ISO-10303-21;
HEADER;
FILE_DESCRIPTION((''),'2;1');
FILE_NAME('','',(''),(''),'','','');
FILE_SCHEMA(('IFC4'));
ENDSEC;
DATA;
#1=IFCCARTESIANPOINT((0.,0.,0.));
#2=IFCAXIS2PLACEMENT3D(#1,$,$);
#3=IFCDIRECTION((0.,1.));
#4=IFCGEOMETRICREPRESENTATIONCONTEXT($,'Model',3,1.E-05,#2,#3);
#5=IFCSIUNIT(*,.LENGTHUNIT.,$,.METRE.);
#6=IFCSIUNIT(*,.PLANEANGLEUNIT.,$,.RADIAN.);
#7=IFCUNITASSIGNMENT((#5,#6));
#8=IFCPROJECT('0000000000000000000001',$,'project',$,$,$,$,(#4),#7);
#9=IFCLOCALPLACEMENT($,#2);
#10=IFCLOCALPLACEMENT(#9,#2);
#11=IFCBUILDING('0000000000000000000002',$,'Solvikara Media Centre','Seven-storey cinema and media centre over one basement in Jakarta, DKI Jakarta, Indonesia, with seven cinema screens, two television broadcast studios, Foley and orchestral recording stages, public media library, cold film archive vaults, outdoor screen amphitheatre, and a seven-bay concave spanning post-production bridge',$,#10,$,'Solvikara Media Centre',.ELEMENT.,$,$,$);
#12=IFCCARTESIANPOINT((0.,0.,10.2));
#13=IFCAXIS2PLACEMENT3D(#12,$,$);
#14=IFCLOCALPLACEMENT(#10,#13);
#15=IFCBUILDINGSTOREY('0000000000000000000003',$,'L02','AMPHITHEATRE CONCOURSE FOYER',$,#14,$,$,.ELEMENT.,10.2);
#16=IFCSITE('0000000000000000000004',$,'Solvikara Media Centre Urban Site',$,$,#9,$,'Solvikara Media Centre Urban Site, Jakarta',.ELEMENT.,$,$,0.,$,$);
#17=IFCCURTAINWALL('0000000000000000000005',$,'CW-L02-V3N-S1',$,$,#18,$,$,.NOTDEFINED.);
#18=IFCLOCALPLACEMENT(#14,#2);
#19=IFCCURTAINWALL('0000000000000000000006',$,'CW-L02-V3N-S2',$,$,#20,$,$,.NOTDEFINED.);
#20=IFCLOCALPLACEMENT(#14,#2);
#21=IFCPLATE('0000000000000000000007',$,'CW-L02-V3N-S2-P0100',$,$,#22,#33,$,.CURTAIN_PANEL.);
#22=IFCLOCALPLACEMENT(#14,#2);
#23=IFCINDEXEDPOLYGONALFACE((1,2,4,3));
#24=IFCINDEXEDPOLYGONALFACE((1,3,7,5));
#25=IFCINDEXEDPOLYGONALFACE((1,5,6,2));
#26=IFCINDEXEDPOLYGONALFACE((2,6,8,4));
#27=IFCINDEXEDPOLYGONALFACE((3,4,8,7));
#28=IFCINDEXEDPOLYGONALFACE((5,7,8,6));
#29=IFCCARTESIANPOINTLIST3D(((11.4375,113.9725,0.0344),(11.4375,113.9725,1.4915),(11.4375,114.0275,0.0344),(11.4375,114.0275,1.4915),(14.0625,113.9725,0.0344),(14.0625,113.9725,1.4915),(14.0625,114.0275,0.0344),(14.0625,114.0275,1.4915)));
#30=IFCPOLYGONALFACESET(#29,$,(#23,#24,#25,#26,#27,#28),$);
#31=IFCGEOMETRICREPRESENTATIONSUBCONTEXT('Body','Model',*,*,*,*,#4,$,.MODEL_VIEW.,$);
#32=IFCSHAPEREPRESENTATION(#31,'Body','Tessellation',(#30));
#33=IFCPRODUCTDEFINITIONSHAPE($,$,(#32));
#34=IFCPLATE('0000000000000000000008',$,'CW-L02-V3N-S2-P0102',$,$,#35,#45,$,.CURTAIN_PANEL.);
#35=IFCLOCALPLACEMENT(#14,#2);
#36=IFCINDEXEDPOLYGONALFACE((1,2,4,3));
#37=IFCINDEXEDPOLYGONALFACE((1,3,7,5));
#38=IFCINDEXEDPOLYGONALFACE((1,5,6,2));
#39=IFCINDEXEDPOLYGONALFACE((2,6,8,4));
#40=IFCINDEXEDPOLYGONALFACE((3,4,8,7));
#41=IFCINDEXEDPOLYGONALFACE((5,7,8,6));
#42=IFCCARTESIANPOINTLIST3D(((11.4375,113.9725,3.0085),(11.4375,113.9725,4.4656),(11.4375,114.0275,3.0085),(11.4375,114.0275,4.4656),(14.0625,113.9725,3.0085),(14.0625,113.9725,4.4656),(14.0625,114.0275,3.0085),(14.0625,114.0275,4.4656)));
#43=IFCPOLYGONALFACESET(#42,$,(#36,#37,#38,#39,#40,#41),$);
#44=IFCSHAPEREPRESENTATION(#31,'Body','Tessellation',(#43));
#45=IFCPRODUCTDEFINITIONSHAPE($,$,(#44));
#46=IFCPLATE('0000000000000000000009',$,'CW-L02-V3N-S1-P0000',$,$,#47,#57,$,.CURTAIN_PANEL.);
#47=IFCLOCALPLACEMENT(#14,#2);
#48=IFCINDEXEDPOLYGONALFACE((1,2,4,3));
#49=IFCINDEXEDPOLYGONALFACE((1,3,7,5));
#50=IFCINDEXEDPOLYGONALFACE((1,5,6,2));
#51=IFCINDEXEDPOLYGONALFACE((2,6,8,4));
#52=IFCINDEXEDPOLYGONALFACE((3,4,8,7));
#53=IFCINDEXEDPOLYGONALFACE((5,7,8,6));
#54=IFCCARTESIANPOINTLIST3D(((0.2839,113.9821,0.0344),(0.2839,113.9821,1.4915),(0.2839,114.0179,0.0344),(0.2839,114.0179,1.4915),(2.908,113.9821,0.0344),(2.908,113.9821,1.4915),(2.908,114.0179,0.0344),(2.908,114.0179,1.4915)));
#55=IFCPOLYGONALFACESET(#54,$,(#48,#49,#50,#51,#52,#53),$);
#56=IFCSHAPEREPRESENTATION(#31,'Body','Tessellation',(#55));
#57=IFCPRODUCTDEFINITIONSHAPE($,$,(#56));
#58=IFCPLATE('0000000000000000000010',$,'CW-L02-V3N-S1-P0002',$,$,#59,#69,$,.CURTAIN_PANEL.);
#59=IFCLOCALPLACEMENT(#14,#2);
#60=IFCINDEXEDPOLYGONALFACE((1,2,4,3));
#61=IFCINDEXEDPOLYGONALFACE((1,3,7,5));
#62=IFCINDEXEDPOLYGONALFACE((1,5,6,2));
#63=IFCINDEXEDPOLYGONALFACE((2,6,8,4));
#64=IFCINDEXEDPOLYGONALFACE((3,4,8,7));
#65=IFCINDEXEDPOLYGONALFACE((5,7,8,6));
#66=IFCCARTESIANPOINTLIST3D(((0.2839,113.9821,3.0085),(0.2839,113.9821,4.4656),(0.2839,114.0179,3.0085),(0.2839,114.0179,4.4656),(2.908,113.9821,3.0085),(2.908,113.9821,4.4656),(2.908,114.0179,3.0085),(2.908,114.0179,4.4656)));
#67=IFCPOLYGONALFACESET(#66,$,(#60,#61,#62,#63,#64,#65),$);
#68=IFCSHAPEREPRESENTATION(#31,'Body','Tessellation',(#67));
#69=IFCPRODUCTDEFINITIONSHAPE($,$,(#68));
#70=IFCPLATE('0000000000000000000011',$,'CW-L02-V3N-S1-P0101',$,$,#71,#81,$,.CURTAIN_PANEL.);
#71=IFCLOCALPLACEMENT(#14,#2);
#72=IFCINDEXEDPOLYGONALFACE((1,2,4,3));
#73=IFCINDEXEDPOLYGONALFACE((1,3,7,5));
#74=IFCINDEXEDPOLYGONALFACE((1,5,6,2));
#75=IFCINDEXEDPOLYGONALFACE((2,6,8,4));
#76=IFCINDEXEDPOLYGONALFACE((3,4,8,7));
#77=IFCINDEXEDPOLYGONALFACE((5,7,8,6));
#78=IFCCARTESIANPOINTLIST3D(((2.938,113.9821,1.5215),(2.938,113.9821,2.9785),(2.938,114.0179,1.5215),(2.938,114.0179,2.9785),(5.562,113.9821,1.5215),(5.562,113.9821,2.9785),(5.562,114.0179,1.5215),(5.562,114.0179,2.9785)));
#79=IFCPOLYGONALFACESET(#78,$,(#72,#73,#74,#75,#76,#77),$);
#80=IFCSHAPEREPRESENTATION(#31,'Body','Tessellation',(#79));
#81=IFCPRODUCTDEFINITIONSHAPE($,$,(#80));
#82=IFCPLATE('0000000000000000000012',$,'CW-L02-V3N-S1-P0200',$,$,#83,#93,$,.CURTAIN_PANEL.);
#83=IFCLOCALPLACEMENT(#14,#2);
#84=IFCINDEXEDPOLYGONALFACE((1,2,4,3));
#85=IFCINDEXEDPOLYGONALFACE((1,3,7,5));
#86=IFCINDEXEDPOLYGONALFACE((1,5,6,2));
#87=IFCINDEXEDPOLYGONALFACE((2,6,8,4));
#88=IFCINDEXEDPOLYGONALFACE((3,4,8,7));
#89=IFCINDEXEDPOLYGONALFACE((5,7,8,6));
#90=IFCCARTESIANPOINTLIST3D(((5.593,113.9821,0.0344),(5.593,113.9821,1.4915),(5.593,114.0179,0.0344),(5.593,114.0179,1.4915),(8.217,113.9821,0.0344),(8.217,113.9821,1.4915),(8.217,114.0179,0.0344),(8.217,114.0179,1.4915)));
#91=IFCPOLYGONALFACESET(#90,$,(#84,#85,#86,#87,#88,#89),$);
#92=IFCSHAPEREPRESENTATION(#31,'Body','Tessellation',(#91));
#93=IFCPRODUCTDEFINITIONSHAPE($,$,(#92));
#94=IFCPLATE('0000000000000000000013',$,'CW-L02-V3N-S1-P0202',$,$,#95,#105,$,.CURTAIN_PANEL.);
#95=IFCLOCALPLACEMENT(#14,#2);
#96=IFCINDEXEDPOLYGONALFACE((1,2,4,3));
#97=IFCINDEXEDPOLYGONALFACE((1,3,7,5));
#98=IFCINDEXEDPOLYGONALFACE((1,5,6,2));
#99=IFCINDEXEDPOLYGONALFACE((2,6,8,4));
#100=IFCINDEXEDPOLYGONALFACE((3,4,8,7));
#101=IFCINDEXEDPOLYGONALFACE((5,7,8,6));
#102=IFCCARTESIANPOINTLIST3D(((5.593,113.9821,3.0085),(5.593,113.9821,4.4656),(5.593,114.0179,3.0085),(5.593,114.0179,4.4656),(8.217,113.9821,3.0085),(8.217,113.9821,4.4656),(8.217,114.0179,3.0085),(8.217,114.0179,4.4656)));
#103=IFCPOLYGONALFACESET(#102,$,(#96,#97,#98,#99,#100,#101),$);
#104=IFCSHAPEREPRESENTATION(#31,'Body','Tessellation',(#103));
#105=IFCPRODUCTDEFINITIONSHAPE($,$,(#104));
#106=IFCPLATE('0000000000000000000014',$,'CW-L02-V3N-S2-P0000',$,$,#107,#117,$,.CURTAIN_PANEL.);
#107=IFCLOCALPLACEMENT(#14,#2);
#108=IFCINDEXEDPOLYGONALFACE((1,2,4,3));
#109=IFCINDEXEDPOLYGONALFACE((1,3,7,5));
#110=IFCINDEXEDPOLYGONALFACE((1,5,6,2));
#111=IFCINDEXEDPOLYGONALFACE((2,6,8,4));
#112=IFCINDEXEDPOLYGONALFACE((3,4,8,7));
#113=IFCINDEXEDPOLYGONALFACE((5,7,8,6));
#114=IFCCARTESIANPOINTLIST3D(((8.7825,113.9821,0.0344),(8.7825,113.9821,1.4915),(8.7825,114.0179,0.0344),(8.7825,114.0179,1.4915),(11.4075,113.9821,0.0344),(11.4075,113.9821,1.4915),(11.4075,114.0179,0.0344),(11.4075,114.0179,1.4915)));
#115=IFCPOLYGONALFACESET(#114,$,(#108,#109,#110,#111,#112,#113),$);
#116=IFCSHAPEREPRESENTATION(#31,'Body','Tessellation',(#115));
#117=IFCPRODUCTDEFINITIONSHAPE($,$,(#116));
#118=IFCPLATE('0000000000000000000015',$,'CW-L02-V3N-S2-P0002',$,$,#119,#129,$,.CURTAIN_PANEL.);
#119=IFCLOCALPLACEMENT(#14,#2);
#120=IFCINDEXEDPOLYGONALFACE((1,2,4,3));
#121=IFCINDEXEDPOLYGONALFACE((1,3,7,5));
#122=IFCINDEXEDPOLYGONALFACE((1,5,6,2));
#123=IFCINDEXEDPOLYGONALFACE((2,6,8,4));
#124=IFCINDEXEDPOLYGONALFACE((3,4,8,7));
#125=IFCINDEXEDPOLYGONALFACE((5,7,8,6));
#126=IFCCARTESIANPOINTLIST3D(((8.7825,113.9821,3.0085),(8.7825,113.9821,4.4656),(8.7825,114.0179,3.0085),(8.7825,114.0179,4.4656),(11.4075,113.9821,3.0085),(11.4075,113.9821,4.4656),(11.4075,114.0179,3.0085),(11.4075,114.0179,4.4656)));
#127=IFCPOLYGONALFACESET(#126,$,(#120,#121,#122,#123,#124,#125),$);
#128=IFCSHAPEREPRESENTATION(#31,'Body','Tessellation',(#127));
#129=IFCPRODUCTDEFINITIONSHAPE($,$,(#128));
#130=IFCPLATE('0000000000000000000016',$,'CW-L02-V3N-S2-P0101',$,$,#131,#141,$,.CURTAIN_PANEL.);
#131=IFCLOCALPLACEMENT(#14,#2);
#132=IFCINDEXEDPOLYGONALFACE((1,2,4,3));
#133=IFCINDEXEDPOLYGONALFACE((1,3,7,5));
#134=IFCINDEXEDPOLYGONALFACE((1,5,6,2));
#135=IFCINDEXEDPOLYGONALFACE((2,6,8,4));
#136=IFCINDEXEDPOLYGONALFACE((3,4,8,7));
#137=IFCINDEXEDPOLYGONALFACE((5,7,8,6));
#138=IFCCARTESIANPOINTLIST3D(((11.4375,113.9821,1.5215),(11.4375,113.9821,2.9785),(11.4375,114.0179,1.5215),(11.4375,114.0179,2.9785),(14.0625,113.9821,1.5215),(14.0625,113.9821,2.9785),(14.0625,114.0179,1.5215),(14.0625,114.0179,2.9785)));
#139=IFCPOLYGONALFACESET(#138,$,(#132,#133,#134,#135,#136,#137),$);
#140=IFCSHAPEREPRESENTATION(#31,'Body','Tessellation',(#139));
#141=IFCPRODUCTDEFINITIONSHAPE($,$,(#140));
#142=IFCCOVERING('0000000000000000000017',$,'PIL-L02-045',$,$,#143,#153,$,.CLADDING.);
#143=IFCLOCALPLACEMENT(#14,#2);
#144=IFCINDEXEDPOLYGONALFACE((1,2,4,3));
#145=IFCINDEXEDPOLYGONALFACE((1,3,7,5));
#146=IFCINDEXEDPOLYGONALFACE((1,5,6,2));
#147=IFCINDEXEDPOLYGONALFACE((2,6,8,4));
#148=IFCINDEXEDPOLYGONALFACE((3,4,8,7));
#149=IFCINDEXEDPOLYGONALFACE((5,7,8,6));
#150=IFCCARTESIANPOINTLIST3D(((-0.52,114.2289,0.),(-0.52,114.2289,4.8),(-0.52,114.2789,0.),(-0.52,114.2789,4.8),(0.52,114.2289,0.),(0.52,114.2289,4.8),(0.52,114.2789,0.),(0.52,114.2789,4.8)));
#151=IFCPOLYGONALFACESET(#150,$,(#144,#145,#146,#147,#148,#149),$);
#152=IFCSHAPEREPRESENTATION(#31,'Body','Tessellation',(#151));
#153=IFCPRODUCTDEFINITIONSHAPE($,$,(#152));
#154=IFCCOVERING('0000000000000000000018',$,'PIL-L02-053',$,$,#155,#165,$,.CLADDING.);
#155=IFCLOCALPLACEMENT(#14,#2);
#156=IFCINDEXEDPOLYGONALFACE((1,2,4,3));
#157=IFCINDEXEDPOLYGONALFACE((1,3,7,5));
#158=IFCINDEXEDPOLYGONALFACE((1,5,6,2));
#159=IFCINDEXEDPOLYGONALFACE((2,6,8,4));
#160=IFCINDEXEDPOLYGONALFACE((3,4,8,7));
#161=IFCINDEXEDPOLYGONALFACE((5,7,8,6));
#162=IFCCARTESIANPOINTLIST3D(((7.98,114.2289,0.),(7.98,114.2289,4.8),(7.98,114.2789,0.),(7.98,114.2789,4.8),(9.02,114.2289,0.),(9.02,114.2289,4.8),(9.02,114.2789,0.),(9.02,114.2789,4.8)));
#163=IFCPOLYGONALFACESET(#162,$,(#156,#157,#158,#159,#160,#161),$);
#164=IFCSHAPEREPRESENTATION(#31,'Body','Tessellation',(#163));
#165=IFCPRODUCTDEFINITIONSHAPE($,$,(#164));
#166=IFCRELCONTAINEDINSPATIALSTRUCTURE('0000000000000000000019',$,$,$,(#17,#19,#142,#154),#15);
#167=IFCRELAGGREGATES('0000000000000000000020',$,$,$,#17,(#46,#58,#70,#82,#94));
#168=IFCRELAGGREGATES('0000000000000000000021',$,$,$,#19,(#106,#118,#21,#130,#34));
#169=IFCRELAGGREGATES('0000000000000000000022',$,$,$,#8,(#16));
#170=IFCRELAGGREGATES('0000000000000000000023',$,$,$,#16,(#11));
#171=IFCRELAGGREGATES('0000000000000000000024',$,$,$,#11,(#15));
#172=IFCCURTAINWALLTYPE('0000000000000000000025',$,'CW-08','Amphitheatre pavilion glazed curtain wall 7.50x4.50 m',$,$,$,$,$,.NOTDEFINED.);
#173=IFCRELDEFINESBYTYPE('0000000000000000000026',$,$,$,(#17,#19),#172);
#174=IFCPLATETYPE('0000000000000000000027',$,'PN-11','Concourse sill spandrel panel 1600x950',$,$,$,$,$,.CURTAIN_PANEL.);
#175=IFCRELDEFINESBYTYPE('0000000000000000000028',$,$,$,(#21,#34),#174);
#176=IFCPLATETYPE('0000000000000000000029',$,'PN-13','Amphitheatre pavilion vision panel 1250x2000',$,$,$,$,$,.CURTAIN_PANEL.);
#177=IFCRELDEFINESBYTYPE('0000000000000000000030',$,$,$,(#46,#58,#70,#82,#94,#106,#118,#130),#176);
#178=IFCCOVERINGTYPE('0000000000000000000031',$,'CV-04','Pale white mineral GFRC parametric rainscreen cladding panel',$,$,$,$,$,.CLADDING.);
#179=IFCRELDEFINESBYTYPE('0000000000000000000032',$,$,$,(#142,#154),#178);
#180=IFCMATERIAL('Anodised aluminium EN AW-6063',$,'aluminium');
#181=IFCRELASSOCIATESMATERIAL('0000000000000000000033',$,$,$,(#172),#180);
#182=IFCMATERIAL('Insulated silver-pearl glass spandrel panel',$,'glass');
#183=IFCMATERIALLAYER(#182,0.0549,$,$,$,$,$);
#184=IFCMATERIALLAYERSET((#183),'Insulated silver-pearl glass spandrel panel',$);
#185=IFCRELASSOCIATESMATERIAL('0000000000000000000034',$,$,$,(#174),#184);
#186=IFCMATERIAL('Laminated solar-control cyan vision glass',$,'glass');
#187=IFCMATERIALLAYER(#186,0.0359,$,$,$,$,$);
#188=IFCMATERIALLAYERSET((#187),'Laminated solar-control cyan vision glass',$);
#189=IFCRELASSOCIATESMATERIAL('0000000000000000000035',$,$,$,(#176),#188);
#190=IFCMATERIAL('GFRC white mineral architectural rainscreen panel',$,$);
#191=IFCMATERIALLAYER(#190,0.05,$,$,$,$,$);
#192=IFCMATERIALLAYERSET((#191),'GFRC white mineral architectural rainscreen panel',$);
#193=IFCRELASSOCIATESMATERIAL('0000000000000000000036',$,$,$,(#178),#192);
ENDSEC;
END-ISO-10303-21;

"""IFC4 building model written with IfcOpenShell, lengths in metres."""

from ifc_helpers import new_model, si_unit, direction, frame, origin, origin_2d, place, context, subcontext, project, spatial, rectangle, extrude, material, layer, layer_set, type_object, element, aggregate, save


model = new_model("IFC4")

# Units and contexts
model_context = context("Model", 3, precision=1e-05, world=origin(), true_north=direction((0.0, 1.0)))
body_context = subcontext(model_context, "Body", "Model", "MODEL_VIEW")
ifc_project = project(units=[si_unit("LENGTHUNIT", "METRE"), si_unit("PLANEANGLEUNIT", "RADIAN")], contexts=[model_context])

# Site, building, storey
site_placement = place(None, origin())
site = spatial("IfcSite", under=ifc_project, at=site_placement, Name="Solvikara Media Centre Urban Site", LongName="Solvikara Media Centre Urban Site, Jakarta", CompositionType="ELEMENT", RefElevation=0.0)
building_placement = place(site_placement, origin())
building = spatial("IfcBuilding", under=site, at=building_placement, Name="Solvikara Media Centre", Description="Seven-storey cinema and media centre over one basement in Jakarta, DKI Jakarta, Indonesia, with seven cinema screens, two television broadcast studios, Foley and orchestral recording stages, public media library, cold film archive vaults, outdoor screen amphitheatre, and a seven-bay concave spanning post-production bridge", LongName="Solvikara Media Centre", CompositionType="ELEMENT")
storey_placement = place(building_placement, frame((0.0, 0.0, 10.2)))
storey = spatial("IfcBuildingStorey", under=building, at=storey_placement, Name="L02", Description="AMPHITHEATRE CONCOURSE FOYER", CompositionType="ELEMENT", Elevation=10.2)

# Curtain walls
ifc_material_1 = material(Name="Anodised aluminium EN AW-6063", Category="aluminium")
curtain_wall_type = type_object("IfcCurtainWallType", Name="CW-08", Description="Amphitheatre pavilion glazed curtain wall 7.50x4.50 m", PredefinedType="NOTDEFINED", material=ifc_material_1)
curtain_wall_1_placement = place(storey_placement, origin())
curtain_wall_1 = element("IfcCurtainWall", 1, at=curtain_wall_1_placement, inside=storey, type_object=curtain_wall_type, Name="CW-L02-V3N-S1", PredefinedType="NOTDEFINED")
curtain_wall_2_placement = place(storey_placement, origin())
curtain_wall_2 = element("IfcCurtainWall", 2, at=curtain_wall_2_placement, inside=storey, type_object=curtain_wall_type, Name="CW-L02-V3N-S2", PredefinedType="NOTDEFINED")

# Plates
ifc_material_2 = material(Name="Insulated silver-pearl glass spandrel panel", Category="glass")
ifc_layer_1 = layer(ifc_material_2, 0.0549)
ifc_layer_set_1 = layer_set([ifc_layer_1], Name="Insulated silver-pearl glass spandrel panel")
plate_type_1 = type_object("IfcPlateType", Name="PN-11", Description="Concourse sill spandrel panel 1600x950", PredefinedType="CURTAIN_PANEL", material=ifc_layer_set_1)
plate_1_placement = place(storey_placement, frame((12.75, 114.0, 0.0344), z_axis=(0.0, 0.0, 1.0), x_axis=(1.0, 0.0, 0.0)))
plate_1 = element("IfcPlate", 3, at=plate_1_placement, type_object=plate_type_1, Name="CW-L02-V3N-S2-P0100", PredefinedType="CURTAIN_PANEL", context=body_context, shape_type="SweptSolid", body=[
    extrude(rectangle(XDim=2.625, YDim=0.0549, at=origin_2d()), origin(), (0.0, 0.0, 1.0), 1.457),
])
plate_2_placement = place(storey_placement, frame((12.75, 114.0, 3.0085), z_axis=(0.0, 0.0, 1.0), x_axis=(1.0, 0.0, 0.0)))
plate_2 = element("IfcPlate", 4, at=plate_2_placement, type_object=plate_type_1, Name="CW-L02-V3N-S2-P0102", PredefinedType="CURTAIN_PANEL", context=body_context, shape_type="SweptSolid", body=[
    extrude(rectangle(XDim=2.625, YDim=0.0549, at=origin_2d()), origin(), (0.0, 0.0, 1.0), 1.457),
])
ifc_material_3 = material(Name="Laminated solar-control cyan vision glass", Category="glass")
ifc_layer_2 = layer(ifc_material_3, 0.0359)
ifc_layer_set_2 = layer_set([ifc_layer_2], Name="Laminated solar-control cyan vision glass")
plate_type_2 = type_object("IfcPlateType", Name="PN-13", Description="Amphitheatre pavilion vision panel 1250x2000", PredefinedType="CURTAIN_PANEL", material=ifc_layer_set_2)
plate_3_placement = place(storey_placement, frame((1.5959, 114.0, 0.0344), z_axis=(0.0, 0.0, 1.0), x_axis=(1.0, 0.0, 0.0)))
plate_3 = element("IfcPlate", 5, at=plate_3_placement, type_object=plate_type_2, Name="CW-L02-V3N-S1-P0000", PredefinedType="CURTAIN_PANEL", context=body_context, shape_type="SweptSolid", body=[
    extrude(rectangle(XDim=2.624, YDim=0.0359, at=origin_2d()), origin(), (0.0, 0.0, 1.0), 1.457),
])
plate_4_placement = place(storey_placement, frame((1.5959, 114.0, 3.0085), z_axis=(0.0, 0.0, 1.0), x_axis=(1.0, 0.0, 0.0)))
plate_4 = element("IfcPlate", 6, at=plate_4_placement, type_object=plate_type_2, Name="CW-L02-V3N-S1-P0002", PredefinedType="CURTAIN_PANEL", context=body_context, shape_type="SweptSolid", body=[
    extrude(rectangle(XDim=2.624, YDim=0.0359, at=origin_2d()), origin(), (0.0, 0.0, 1.0), 1.457),
])
plate_5_placement = place(storey_placement, frame((4.25, 114.0, 1.5215), z_axis=(0.0, 0.0, 1.0), x_axis=(1.0, 0.0, 0.0)))
plate_5 = element("IfcPlate", 7, at=plate_5_placement, type_object=plate_type_2, Name="CW-L02-V3N-S1-P0101", PredefinedType="CURTAIN_PANEL", context=body_context, shape_type="SweptSolid", body=[
    extrude(rectangle(XDim=2.624, YDim=0.0359, at=origin_2d()), origin(), (0.0, 0.0, 1.0), 1.457),
])
plate_6_placement = place(storey_placement, frame((6.905, 114.0, 0.0344), z_axis=(0.0, 0.0, 1.0), x_axis=(1.0, 0.0, 0.0)))
plate_6 = element("IfcPlate", 8, at=plate_6_placement, type_object=plate_type_2, Name="CW-L02-V3N-S1-P0200", PredefinedType="CURTAIN_PANEL", context=body_context, shape_type="SweptSolid", body=[
    extrude(rectangle(XDim=2.624, YDim=0.0359, at=origin_2d()), origin(), (0.0, 0.0, 1.0), 1.457),
])
plate_7_placement = place(storey_placement, frame((6.905, 114.0, 3.0085), z_axis=(0.0, 0.0, 1.0), x_axis=(1.0, 0.0, 0.0)))
plate_7 = element("IfcPlate", 9, at=plate_7_placement, type_object=plate_type_2, Name="CW-L02-V3N-S1-P0202", PredefinedType="CURTAIN_PANEL", context=body_context, shape_type="SweptSolid", body=[
    extrude(rectangle(XDim=2.624, YDim=0.0359, at=origin_2d()), origin(), (0.0, 0.0, 1.0), 1.457),
])
aggregate(curtain_wall_1, [plate_3, plate_4, plate_5, plate_6, plate_7])
plate_8_placement = place(storey_placement, frame((10.095, 114.0, 0.0344), z_axis=(0.0, 0.0, 1.0), x_axis=(1.0, 0.0, 0.0)))
plate_8 = element("IfcPlate", 10, at=plate_8_placement, type_object=plate_type_2, Name="CW-L02-V3N-S2-P0000", PredefinedType="CURTAIN_PANEL", context=body_context, shape_type="SweptSolid", body=[
    extrude(rectangle(XDim=2.625, YDim=0.0359, at=origin_2d()), origin(), (0.0, 0.0, 1.0), 1.457),
])
plate_9_placement = place(storey_placement, frame((10.095, 114.0, 3.0085), z_axis=(0.0, 0.0, 1.0), x_axis=(1.0, 0.0, 0.0)))
plate_9 = element("IfcPlate", 11, at=plate_9_placement, type_object=plate_type_2, Name="CW-L02-V3N-S2-P0002", PredefinedType="CURTAIN_PANEL", context=body_context, shape_type="SweptSolid", body=[
    extrude(rectangle(XDim=2.625, YDim=0.0359, at=origin_2d()), origin(), (0.0, 0.0, 1.0), 1.457),
])
plate_10_placement = place(storey_placement, frame((12.75, 114.0, 1.5215), z_axis=(0.0, 0.0, 1.0), x_axis=(1.0, 0.0, 0.0)))
plate_10 = element("IfcPlate", 12, at=plate_10_placement, type_object=plate_type_2, Name="CW-L02-V3N-S2-P0101", PredefinedType="CURTAIN_PANEL", context=body_context, shape_type="SweptSolid", body=[
    extrude(rectangle(XDim=2.625, YDim=0.0359, at=origin_2d()), origin(), (0.0, 0.0, 1.0), 1.457),
])
aggregate(curtain_wall_2, [plate_8, plate_9, plate_1, plate_10, plate_2])

# Coverings
ifc_material_4 = material(Name="GFRC white mineral architectural rainscreen panel")
ifc_layer_3 = layer(ifc_material_4, 0.05)
ifc_layer_set_3 = layer_set([ifc_layer_3], Name="GFRC white mineral architectural rainscreen panel")
covering_type = type_object("IfcCoveringType", Name="CV-04", Description="Pale white mineral GFRC parametric rainscreen cladding panel", PredefinedType="CLADDING", material=ifc_layer_set_3)
for number, where, z_axis, x_axis, name in (
    (13, (0.0, 114.2539, 0.0), (0.0, 0.0, 1.0), (-1.0, 0.0, 0.0), "PIL-L02-045"),
    (14, (8.5, 114.2539, 0.0), (0.0, 0.0, 1.0), (-1.0, 0.0, 0.0), "PIL-L02-053"),
):
    element("IfcCovering", number, at=place(storey_placement, frame(where, z_axis=z_axis, x_axis=x_axis)), inside=storey, type_object=covering_type, Name=name, PredefinedType="CLADDING", context=body_context, shape_type="SweptSolid", body=[
        extrude(rectangle(XDim=1.04, YDim=0.05, at=origin_2d()), origin(), (0.0, 0.0, 1.0), 4.8),
    ])

save(model, "model.ifc")
